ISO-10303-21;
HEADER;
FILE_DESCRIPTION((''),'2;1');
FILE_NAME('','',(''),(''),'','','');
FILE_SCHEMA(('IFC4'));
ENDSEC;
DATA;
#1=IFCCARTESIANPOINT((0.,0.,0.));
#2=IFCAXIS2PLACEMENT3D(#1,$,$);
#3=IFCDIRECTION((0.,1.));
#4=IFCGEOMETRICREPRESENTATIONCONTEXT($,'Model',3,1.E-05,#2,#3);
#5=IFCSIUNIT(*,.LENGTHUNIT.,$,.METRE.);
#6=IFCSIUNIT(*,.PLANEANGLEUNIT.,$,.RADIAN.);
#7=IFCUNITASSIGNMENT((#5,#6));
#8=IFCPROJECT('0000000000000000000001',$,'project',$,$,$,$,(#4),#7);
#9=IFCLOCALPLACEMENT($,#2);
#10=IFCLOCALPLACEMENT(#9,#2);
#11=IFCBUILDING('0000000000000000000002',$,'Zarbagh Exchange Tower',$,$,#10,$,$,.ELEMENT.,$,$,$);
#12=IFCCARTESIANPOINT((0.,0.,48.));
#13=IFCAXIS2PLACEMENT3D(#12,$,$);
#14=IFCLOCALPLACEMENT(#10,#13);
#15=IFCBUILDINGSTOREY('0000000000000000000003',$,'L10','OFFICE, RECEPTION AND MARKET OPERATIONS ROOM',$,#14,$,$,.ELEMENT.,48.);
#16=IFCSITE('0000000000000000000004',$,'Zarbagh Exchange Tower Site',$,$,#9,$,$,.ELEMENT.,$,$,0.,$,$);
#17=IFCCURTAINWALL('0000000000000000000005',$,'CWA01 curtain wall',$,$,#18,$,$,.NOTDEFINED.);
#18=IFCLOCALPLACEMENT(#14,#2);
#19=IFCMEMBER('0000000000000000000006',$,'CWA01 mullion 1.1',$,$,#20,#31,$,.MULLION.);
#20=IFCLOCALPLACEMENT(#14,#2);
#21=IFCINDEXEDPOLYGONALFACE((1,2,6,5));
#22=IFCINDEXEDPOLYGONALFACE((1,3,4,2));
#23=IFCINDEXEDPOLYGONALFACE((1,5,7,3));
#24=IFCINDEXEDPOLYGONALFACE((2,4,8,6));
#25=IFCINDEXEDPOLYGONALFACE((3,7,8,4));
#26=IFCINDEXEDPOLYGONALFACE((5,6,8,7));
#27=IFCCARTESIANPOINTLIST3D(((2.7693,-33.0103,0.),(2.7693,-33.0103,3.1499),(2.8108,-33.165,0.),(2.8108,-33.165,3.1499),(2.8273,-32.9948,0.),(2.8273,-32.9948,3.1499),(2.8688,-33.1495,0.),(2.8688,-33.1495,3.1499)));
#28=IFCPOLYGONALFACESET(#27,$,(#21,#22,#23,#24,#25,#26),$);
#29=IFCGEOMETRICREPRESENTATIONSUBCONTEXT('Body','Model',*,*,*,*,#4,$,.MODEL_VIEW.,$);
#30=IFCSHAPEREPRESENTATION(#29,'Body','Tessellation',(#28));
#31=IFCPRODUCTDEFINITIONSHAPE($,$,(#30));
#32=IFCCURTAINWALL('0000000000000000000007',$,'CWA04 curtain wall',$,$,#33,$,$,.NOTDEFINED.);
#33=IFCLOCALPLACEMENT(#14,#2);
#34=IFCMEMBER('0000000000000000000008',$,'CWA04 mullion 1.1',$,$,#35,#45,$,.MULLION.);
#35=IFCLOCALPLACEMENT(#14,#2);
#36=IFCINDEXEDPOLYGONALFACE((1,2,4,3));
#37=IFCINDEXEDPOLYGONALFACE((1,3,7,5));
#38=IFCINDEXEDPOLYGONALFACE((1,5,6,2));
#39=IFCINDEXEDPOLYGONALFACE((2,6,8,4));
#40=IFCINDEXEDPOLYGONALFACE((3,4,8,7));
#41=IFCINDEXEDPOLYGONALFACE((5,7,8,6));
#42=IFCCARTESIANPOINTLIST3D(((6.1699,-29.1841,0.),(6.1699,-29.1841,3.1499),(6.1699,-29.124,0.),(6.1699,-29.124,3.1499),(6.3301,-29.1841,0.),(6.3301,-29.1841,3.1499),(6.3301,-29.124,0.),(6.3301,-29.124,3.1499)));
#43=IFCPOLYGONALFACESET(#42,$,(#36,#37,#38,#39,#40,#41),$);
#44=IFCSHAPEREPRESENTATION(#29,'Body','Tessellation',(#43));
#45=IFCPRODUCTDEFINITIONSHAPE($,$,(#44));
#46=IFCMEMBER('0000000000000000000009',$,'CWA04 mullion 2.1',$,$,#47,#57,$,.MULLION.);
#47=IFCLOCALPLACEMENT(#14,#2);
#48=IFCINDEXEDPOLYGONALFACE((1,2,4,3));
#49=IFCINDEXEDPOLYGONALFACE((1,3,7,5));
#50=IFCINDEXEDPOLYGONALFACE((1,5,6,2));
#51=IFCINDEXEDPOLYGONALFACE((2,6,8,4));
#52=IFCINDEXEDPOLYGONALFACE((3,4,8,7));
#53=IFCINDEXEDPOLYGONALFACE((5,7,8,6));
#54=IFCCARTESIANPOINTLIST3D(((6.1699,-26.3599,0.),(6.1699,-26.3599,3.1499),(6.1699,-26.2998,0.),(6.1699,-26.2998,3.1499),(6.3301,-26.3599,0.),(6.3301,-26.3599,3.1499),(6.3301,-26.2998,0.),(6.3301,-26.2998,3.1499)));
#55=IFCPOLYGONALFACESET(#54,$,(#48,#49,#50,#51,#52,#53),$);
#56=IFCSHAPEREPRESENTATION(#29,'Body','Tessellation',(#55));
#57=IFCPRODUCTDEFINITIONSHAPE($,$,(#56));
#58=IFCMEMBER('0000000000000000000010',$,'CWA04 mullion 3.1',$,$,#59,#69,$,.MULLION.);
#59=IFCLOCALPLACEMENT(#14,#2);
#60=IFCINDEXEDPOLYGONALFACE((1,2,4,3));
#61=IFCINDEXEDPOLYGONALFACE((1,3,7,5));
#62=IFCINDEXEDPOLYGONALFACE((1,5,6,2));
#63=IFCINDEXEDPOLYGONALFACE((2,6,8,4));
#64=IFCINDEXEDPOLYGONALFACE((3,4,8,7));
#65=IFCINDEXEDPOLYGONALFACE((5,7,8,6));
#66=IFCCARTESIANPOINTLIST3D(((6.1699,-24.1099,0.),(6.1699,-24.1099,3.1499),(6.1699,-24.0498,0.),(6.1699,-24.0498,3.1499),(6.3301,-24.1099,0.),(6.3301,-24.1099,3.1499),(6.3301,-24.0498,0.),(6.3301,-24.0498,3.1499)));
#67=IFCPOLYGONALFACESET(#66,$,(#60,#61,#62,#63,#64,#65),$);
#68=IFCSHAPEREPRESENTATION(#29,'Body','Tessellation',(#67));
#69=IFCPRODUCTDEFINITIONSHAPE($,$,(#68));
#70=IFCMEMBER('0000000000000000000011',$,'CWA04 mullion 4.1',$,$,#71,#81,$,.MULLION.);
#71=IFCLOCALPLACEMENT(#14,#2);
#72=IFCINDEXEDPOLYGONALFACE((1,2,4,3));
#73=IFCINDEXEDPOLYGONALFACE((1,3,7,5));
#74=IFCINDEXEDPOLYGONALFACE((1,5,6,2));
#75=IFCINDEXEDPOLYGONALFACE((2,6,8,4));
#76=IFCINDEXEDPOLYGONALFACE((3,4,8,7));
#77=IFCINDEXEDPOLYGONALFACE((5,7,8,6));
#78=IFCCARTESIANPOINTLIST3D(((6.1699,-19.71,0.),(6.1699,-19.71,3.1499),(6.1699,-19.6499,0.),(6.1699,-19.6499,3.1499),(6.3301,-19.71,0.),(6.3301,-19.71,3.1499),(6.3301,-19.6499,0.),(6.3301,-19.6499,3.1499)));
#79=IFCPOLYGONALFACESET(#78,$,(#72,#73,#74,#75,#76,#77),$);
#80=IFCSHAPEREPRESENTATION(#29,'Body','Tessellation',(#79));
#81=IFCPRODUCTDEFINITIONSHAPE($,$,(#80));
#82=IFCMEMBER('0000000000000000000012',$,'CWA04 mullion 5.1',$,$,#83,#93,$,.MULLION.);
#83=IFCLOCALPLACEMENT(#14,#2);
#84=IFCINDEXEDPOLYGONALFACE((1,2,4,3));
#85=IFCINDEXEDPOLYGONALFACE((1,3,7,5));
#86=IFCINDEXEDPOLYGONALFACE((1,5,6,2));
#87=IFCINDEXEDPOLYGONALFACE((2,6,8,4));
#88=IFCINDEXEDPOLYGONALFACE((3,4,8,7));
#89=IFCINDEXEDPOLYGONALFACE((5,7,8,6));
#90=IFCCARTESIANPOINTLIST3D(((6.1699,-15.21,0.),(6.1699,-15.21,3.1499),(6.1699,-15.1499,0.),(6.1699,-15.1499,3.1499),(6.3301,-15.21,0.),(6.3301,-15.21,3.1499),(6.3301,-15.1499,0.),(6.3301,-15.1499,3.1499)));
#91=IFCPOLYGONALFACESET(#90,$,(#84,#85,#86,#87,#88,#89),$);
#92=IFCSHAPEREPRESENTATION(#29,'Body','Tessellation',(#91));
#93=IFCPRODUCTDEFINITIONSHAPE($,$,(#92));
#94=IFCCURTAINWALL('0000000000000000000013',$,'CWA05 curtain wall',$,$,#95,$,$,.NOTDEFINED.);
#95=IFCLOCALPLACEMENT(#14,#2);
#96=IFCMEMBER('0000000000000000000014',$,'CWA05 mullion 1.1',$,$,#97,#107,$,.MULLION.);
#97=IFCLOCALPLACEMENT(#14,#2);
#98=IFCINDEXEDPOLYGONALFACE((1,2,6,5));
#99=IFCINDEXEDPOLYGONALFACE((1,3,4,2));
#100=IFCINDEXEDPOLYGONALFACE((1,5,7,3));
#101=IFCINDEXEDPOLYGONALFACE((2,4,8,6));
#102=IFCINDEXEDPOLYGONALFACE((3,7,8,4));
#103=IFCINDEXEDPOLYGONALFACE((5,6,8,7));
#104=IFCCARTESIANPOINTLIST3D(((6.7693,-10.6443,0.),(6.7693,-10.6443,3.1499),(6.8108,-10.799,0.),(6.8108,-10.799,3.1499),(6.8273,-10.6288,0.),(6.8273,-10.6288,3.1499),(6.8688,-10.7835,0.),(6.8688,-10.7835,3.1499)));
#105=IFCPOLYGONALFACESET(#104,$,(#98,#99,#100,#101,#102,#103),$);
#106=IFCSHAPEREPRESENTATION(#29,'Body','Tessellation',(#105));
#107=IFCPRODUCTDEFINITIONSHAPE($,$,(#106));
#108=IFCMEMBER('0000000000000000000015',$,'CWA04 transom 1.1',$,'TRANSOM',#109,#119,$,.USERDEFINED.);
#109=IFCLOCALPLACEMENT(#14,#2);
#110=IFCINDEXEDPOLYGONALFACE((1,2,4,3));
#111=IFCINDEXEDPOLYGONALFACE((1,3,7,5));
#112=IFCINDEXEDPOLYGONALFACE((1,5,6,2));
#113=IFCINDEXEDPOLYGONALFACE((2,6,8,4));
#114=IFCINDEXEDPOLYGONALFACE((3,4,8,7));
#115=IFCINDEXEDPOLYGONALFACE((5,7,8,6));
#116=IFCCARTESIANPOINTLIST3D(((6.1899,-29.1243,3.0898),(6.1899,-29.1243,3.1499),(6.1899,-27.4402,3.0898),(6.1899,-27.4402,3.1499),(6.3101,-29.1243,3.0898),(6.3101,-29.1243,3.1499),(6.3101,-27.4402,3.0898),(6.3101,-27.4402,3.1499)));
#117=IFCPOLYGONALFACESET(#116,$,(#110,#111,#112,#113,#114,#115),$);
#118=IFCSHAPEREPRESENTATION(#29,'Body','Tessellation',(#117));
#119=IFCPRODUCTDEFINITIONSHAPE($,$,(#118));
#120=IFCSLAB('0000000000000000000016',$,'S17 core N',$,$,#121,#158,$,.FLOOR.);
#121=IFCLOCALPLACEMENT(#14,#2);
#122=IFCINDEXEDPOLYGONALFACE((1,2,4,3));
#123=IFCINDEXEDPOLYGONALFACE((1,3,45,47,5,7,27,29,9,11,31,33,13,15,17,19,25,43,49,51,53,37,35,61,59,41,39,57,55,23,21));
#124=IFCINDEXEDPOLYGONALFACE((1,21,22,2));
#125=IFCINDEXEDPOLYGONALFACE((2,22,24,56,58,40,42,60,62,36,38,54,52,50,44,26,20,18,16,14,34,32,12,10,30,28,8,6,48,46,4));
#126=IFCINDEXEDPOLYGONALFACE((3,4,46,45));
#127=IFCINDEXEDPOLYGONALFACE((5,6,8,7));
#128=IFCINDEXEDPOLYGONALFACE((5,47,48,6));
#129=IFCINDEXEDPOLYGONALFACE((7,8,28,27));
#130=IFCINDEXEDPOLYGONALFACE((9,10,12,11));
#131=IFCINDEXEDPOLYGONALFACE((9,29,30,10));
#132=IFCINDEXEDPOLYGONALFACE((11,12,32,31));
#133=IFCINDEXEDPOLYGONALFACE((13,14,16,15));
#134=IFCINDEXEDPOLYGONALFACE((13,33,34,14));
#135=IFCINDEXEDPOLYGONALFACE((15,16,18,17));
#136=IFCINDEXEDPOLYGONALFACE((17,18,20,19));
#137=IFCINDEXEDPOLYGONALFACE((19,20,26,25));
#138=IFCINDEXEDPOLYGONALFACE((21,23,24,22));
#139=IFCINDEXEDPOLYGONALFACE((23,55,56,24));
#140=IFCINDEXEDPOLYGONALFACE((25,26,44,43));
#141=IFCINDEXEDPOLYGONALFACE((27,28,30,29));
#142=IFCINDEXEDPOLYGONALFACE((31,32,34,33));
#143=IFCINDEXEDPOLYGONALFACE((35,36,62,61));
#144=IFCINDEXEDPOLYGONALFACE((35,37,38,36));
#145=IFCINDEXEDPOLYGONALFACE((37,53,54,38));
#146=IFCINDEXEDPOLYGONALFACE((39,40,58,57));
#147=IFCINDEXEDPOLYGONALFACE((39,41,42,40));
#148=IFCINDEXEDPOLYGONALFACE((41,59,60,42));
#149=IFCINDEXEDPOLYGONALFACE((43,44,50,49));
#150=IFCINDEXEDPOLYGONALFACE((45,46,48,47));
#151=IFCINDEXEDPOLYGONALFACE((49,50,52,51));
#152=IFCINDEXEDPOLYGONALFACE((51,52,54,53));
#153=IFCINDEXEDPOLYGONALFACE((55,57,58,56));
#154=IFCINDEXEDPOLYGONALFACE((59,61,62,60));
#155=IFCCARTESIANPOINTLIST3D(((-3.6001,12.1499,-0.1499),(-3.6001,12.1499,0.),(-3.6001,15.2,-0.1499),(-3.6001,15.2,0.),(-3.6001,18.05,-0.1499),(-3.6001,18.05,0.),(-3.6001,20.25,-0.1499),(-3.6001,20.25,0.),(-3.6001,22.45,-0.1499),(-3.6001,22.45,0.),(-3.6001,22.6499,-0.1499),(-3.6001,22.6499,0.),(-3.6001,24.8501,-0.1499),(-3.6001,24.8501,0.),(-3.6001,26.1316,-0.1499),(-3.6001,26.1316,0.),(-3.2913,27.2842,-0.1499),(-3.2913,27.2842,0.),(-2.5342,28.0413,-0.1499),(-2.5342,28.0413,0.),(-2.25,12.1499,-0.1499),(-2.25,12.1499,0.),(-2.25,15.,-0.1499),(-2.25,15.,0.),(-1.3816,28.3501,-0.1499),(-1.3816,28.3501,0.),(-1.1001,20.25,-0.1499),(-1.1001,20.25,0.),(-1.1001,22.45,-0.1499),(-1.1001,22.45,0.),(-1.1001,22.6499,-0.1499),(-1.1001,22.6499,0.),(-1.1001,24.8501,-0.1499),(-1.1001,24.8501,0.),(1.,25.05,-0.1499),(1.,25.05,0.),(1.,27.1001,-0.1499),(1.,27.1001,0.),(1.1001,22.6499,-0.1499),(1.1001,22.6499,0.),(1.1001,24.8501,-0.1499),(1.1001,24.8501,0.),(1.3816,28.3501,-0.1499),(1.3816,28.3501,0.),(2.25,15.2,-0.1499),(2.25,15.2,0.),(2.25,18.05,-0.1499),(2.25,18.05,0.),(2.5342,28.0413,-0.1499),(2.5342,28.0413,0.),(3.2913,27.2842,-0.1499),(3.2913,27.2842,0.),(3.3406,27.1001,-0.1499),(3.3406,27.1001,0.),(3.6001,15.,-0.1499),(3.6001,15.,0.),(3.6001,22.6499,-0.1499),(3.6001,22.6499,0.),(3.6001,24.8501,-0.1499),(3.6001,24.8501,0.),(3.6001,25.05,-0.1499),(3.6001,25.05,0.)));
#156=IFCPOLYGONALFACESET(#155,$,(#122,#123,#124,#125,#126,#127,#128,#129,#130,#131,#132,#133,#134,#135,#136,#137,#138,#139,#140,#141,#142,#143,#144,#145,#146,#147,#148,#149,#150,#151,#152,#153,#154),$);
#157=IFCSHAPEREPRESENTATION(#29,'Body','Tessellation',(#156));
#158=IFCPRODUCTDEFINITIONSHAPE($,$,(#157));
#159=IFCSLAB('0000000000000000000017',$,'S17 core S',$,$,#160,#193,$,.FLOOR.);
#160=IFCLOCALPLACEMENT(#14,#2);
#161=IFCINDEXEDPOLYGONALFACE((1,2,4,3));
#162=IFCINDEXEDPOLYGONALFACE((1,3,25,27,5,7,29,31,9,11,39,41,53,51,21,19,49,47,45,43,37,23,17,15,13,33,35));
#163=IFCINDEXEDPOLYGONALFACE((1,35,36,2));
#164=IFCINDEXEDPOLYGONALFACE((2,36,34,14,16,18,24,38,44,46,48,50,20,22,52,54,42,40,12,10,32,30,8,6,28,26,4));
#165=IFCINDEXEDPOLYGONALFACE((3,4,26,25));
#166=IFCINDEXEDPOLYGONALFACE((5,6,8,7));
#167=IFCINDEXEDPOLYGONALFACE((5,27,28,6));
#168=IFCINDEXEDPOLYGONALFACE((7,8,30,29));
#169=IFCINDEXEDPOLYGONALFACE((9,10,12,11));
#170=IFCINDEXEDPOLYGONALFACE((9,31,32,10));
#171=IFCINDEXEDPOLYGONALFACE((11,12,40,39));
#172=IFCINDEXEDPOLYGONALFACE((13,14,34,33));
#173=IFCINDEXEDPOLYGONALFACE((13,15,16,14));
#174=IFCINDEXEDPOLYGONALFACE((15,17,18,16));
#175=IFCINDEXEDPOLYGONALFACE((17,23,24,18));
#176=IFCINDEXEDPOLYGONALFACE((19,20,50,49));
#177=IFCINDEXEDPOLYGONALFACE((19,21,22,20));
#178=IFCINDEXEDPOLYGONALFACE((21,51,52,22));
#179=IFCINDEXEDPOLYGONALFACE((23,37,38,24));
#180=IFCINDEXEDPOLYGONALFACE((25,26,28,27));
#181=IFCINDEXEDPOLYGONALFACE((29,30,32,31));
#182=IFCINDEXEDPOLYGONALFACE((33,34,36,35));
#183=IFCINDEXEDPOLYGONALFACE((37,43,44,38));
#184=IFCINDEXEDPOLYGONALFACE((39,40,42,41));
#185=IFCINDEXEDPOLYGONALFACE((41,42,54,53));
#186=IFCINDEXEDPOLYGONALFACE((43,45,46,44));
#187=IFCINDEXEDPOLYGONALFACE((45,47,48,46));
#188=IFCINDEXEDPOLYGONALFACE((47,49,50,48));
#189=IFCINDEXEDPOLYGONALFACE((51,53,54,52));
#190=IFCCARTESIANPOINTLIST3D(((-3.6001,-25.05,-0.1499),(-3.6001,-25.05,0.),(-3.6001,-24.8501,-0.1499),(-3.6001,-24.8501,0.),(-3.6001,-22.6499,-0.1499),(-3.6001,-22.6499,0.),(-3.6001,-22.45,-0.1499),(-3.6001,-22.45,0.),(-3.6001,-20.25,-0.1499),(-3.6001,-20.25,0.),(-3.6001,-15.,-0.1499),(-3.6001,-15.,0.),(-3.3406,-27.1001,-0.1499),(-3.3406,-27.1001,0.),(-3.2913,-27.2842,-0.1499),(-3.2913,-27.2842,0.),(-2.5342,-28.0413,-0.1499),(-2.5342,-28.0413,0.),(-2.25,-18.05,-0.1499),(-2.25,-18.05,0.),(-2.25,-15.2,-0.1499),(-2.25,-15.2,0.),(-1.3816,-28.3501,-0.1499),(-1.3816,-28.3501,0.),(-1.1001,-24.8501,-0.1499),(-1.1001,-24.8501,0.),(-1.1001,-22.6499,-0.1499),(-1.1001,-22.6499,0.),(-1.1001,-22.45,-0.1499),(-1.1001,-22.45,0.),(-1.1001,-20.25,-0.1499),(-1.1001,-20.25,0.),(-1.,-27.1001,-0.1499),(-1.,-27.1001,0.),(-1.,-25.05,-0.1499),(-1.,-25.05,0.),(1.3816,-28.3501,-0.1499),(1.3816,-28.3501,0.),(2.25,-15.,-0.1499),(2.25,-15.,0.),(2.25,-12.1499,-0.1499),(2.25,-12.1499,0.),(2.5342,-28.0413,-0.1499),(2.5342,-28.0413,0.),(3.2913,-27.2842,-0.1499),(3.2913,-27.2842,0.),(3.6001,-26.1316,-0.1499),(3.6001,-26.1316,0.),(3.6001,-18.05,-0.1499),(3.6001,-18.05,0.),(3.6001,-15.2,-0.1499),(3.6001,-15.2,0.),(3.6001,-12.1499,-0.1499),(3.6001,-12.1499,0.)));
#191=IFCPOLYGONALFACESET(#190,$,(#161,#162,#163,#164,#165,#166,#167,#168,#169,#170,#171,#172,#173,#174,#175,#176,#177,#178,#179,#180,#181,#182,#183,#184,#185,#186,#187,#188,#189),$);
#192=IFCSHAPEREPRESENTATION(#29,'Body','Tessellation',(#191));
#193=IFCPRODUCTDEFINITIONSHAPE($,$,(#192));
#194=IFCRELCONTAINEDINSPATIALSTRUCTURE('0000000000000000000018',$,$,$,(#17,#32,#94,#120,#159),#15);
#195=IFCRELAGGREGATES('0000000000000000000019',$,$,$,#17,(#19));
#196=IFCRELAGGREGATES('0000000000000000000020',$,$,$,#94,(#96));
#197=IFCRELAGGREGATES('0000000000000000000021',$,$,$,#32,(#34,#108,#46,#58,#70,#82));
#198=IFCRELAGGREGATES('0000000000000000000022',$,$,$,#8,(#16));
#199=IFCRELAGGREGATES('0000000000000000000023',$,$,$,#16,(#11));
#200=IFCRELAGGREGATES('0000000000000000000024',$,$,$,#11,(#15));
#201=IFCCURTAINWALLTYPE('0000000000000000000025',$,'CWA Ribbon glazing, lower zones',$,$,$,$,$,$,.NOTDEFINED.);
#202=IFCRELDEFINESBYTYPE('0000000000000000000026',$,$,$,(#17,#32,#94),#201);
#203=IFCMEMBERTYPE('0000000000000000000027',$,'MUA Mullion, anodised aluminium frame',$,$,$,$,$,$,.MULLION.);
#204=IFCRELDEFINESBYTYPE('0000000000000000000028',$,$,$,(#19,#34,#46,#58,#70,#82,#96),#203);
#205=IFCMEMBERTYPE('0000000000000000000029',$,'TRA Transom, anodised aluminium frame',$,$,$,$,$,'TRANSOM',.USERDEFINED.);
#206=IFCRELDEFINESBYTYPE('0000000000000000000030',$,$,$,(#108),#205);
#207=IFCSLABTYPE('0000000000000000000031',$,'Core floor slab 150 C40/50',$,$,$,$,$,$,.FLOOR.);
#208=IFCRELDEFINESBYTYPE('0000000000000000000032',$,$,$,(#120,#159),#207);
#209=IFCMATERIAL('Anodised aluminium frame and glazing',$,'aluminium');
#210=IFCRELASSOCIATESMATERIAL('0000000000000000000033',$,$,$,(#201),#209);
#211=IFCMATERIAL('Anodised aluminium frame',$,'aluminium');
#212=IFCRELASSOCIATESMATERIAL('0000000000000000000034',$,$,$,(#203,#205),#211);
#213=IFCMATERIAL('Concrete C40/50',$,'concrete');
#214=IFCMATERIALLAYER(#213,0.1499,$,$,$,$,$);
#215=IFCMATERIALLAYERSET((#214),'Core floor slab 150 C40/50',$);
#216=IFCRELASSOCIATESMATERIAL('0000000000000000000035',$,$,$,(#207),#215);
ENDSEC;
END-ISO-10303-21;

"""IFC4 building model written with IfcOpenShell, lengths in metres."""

from ifc_helpers import new_model, si_unit, direction, frame, origin, place, context, subcontext, project, spatial, polyline, outline, extrude, source, transform, mapped, material, layer, layer_set, type_object, element, aggregate, save


model = new_model("IFC4")

# Units and contexts
model_context = context("Model", 3, precision=1e-05, world=origin(), true_north=direction((0.0, 1.0)))
body_context = subcontext(model_context, "Body", "Model", "MODEL_VIEW")
ifc_project = project(units=[si_unit("LENGTHUNIT", "METRE"), si_unit("PLANEANGLEUNIT", "RADIAN")], contexts=[model_context])

# Site, building, storey
site_placement = place(None, origin())
site = spatial("IfcSite", under=ifc_project, at=site_placement, Name="Zarbagh Exchange Tower Site", CompositionType="ELEMENT", RefElevation=0.0)
building_placement = place(site_placement, origin())
building = spatial("IfcBuilding", under=site, at=building_placement, Name="Zarbagh Exchange Tower", CompositionType="ELEMENT")
storey_placement = place(building_placement, frame((0.0, 0.0, 48.0)))
storey = spatial("IfcBuildingStorey", under=building, at=storey_placement, Name="L10", Description="OFFICE, RECEPTION AND MARKET OPERATIONS ROOM", CompositionType="ELEMENT", Elevation=48.0)

# Curtain wall, member
ifc_material_1 = material(Name="Anodised aluminium frame and glazing", Category="aluminium")
curtain_wall_type = type_object("IfcCurtainWallType", Name="CWA Ribbon glazing, lower zones", PredefinedType="NOTDEFINED", material=ifc_material_1)
curtain_wall_1_placement = place(storey_placement, origin())
curtain_wall_1 = element("IfcCurtainWall", 1, at=curtain_wall_1_placement, inside=storey, type_object=curtain_wall_type, Name="CWA01 curtain wall", PredefinedType="NOTDEFINED")
ifc_material_2 = material(Name="Anodised aluminium frame", Category="aluminium")
member_type_1 = type_object("IfcMemberType", Name="MUA Mullion, anodised aluminium frame", PredefinedType="MULLION", material=ifc_material_2)
shared_shape_1 = source(origin(), body_context, "Body", "SweptSolid", [
    extrude(outline(polyline([(0.0, -0.0801), (0.0601, -0.0801), (0.0601, 0.0801), (0.0, 0.0801), (0.0, -0.0801)])), origin(), (0.0, 0.0, 1.0), 3.1499),
])
placement = place(storey_placement, origin())
member_1 = element("IfcMember", 2, at=placement, type_object=member_type_1, Name="CWA01 mullion 1.1", PredefinedType="MULLION", context=body_context, shape_type="MappedRepresentation", body=[
    mapped(shared_shape_1, transform((2.79, -33.0876, 0.0), x_axis=(0.965924, 0.258825, 0.0), y_axis=(-0.258825, 0.965924, 0.0), z_axis=(0.0, 0.0, 1.0))),
])

# Curtain wall, members
curtain_wall_2_placement = place(storey_placement, origin())
curtain_wall_2 = element("IfcCurtainWall", 3, at=curtain_wall_2_placement, inside=storey, type_object=curtain_wall_type, Name="CWA04 curtain wall", PredefinedType="NOTDEFINED")
member_2 = element("IfcMember", 4, at=placement, type_object=member_type_1, Name="CWA04 mullion 1.1", PredefinedType="MULLION", context=body_context, shape_type="MappedRepresentation", body=[
    mapped(shared_shape_1, transform((6.25, -29.1841, 0.0), x_axis=(0.0, 1.0, 0.0), y_axis=(-1.0, 0.0, 0.0), z_axis=(0.0, 0.0, 1.0))),
])
member_3 = element("IfcMember", 5, at=placement, type_object=member_type_1, Name="CWA04 mullion 2.1", PredefinedType="MULLION", context=body_context, shape_type="MappedRepresentation", body=[
    mapped(shared_shape_1, transform((6.25, -26.3599, 0.0), x_axis=(0.0, 1.0, 0.0), y_axis=(-1.0, 0.0, 0.0), z_axis=(0.0, 0.0, 1.0))),
])
member_4 = element("IfcMember", 6, at=placement, type_object=member_type_1, Name="CWA04 mullion 3.1", PredefinedType="MULLION", context=body_context, shape_type="MappedRepresentation", body=[
    mapped(shared_shape_1, transform((6.25, -24.1099, 0.0), x_axis=(0.0, 1.0, 0.0), y_axis=(-1.0, 0.0, 0.0), z_axis=(0.0, 0.0, 1.0))),
])
member_5 = element("IfcMember", 7, at=placement, type_object=member_type_1, Name="CWA04 mullion 4.1", PredefinedType="MULLION", context=body_context, shape_type="MappedRepresentation", body=[
    mapped(shared_shape_1, transform((6.25, -19.71, 0.0), x_axis=(0.0, 1.0, 0.0), y_axis=(-1.0, 0.0, 0.0), z_axis=(0.0, 0.0, 1.0))),
])
member_6 = element("IfcMember", 8, at=placement, type_object=member_type_1, Name="CWA04 mullion 5.1", PredefinedType="MULLION", context=body_context, shape_type="MappedRepresentation", body=[
    mapped(shared_shape_1, transform((6.25, -15.21, 0.0), x_axis=(0.0, 1.0, 0.0), y_axis=(-1.0, 0.0, 0.0), z_axis=(0.0, 0.0, 1.0))),
])

# Curtain wall, member
curtain_wall_3_placement = place(storey_placement, origin())
curtain_wall_3 = element("IfcCurtainWall", 9, at=curtain_wall_3_placement, inside=storey, type_object=curtain_wall_type, Name="CWA05 curtain wall", PredefinedType="NOTDEFINED")
member_7 = element("IfcMember", 10, at=placement, type_object=member_type_1, Name="CWA05 mullion 1.1", PredefinedType="MULLION", context=body_context, shape_type="MappedRepresentation", body=[
    mapped(shared_shape_1, transform((6.79, -10.7217, 0.0), x_axis=(0.965924, 0.258825, 0.0), y_axis=(-0.258825, 0.965924, 0.0), z_axis=(0.0, 0.0, 1.0))),
])

# Member
member_type_2 = type_object("IfcMemberType", Name="TRA Transom, anodised aluminium frame", ElementType="TRANSOM", PredefinedType="USERDEFINED", material=ifc_material_2)
shared_shape_2 = source(origin(), body_context, "Body", "SweptSolid", [
    extrude(outline(polyline([(-0.0601, -0.0601), (0.0, -0.0601), (0.0, 0.0601), (-0.0601, 0.0601), (-0.0601, -0.0601)])), origin(), (0.0, 0.0, 1.0), 1.6841),
])
member_8 = element("IfcMember", 11, at=placement, type_object=member_type_2, Name="CWA04 transom 1.1", ObjectType="TRANSOM", PredefinedType="USERDEFINED", context=body_context, shape_type="MappedRepresentation", body=[
    mapped(shared_shape_2, transform((6.25, -29.1243, 3.1499), x_axis=(0.0, 0.0, 1.0), y_axis=(1.0, 0.0, 0.0), z_axis=(0.0, 1.0, 0.0))),
])

# Slabs
ifc_material_3 = material(Name="Concrete C40/50", Category="concrete")
ifc_layer_1 = layer(ifc_material_3, 0.1499)
ifc_layer_set_1 = layer_set([ifc_layer_1], Name="Core floor slab 150 C40/50")
slab_type = type_object("IfcSlabType", Name="Core floor slab 150 C40/50", PredefinedType="FLOOR", material=ifc_layer_set_1)
slab_1_placement = place(storey_placement, frame((0.0, 0.0, -0.1499)))
element("IfcSlab", 12, at=slab_1_placement, inside=storey, type_object=slab_type, Name="S17 core N", PredefinedType="FLOOR", context=body_context, shape_type="SweptSolid", body=[
    extrude(outline(polyline([(-3.6001, 12.1499), (-3.6001, 15.2), (2.25, 15.2), (2.25, 18.05), (-3.6001, 18.05), (-3.6001, 20.25), (-1.1001, 20.25), (-1.1001, 22.45), (-3.6001, 22.45), (-3.6001, 22.6499), (-1.1001, 22.6499), (-1.1001, 24.8501), (-3.6001, 24.8501), (-3.6001, 26.1316), (-3.2913, 27.2842), (-2.5342, 28.0413), (-1.3816, 28.3501), (1.3816, 28.3501), (2.5342, 28.0413), (3.2913, 27.2842), (3.3406, 27.1001), (1.0, 27.1001), (1.0, 25.05), (3.6001, 25.05), (3.6001, 24.8501), (1.1001, 24.8501), (1.1001, 22.6499), (3.6001, 22.6499), (3.6001, 15.0), (-2.25, 15.0), (-2.25, 12.1499), (-3.6001, 12.1499)])), origin(), (0.0, 0.0, 1.0), 0.1499),
])
slab_2_placement = place(storey_placement, frame((0.0, 0.0, -0.1499)))
element("IfcSlab", 13, at=slab_2_placement, inside=storey, type_object=slab_type, Name="S17 core S", PredefinedType="FLOOR", context=body_context, shape_type="SweptSolid", body=[
    extrude(outline(polyline([(-2.5342, -28.0413), (-3.2913, -27.2842), (-3.3406, -27.1001), (-1.0, -27.1001), (-1.0, -25.05), (-3.6001, -25.05), (-3.6001, -24.8501), (-1.1001, -24.8501), (-1.1001, -22.6499), (-3.6001, -22.6499), (-3.6001, -22.45), (-1.1001, -22.45), (-1.1001, -20.25), (-3.6001, -20.25), (-3.6001, -15.0), (2.25, -15.0), (2.25, -12.1499), (3.6001, -12.1499), (3.6001, -15.2), (-2.25, -15.2), (-2.25, -18.05), (3.6001, -18.05), (3.6001, -26.1316), (3.2913, -27.2842), (2.5342, -28.0413), (1.3816, -28.3501), (-1.3816, -28.3501), (-2.5342, -28.0413)])), origin(), (0.0, 0.0, 1.0), 0.1499),
])

aggregate(curtain_wall_1, [member_1])

aggregate(curtain_wall_3, [member_7])
aggregate(curtain_wall_2, [member_2, member_8, member_3, member_4, member_5, member_6])

save(model, "model.ifc")
